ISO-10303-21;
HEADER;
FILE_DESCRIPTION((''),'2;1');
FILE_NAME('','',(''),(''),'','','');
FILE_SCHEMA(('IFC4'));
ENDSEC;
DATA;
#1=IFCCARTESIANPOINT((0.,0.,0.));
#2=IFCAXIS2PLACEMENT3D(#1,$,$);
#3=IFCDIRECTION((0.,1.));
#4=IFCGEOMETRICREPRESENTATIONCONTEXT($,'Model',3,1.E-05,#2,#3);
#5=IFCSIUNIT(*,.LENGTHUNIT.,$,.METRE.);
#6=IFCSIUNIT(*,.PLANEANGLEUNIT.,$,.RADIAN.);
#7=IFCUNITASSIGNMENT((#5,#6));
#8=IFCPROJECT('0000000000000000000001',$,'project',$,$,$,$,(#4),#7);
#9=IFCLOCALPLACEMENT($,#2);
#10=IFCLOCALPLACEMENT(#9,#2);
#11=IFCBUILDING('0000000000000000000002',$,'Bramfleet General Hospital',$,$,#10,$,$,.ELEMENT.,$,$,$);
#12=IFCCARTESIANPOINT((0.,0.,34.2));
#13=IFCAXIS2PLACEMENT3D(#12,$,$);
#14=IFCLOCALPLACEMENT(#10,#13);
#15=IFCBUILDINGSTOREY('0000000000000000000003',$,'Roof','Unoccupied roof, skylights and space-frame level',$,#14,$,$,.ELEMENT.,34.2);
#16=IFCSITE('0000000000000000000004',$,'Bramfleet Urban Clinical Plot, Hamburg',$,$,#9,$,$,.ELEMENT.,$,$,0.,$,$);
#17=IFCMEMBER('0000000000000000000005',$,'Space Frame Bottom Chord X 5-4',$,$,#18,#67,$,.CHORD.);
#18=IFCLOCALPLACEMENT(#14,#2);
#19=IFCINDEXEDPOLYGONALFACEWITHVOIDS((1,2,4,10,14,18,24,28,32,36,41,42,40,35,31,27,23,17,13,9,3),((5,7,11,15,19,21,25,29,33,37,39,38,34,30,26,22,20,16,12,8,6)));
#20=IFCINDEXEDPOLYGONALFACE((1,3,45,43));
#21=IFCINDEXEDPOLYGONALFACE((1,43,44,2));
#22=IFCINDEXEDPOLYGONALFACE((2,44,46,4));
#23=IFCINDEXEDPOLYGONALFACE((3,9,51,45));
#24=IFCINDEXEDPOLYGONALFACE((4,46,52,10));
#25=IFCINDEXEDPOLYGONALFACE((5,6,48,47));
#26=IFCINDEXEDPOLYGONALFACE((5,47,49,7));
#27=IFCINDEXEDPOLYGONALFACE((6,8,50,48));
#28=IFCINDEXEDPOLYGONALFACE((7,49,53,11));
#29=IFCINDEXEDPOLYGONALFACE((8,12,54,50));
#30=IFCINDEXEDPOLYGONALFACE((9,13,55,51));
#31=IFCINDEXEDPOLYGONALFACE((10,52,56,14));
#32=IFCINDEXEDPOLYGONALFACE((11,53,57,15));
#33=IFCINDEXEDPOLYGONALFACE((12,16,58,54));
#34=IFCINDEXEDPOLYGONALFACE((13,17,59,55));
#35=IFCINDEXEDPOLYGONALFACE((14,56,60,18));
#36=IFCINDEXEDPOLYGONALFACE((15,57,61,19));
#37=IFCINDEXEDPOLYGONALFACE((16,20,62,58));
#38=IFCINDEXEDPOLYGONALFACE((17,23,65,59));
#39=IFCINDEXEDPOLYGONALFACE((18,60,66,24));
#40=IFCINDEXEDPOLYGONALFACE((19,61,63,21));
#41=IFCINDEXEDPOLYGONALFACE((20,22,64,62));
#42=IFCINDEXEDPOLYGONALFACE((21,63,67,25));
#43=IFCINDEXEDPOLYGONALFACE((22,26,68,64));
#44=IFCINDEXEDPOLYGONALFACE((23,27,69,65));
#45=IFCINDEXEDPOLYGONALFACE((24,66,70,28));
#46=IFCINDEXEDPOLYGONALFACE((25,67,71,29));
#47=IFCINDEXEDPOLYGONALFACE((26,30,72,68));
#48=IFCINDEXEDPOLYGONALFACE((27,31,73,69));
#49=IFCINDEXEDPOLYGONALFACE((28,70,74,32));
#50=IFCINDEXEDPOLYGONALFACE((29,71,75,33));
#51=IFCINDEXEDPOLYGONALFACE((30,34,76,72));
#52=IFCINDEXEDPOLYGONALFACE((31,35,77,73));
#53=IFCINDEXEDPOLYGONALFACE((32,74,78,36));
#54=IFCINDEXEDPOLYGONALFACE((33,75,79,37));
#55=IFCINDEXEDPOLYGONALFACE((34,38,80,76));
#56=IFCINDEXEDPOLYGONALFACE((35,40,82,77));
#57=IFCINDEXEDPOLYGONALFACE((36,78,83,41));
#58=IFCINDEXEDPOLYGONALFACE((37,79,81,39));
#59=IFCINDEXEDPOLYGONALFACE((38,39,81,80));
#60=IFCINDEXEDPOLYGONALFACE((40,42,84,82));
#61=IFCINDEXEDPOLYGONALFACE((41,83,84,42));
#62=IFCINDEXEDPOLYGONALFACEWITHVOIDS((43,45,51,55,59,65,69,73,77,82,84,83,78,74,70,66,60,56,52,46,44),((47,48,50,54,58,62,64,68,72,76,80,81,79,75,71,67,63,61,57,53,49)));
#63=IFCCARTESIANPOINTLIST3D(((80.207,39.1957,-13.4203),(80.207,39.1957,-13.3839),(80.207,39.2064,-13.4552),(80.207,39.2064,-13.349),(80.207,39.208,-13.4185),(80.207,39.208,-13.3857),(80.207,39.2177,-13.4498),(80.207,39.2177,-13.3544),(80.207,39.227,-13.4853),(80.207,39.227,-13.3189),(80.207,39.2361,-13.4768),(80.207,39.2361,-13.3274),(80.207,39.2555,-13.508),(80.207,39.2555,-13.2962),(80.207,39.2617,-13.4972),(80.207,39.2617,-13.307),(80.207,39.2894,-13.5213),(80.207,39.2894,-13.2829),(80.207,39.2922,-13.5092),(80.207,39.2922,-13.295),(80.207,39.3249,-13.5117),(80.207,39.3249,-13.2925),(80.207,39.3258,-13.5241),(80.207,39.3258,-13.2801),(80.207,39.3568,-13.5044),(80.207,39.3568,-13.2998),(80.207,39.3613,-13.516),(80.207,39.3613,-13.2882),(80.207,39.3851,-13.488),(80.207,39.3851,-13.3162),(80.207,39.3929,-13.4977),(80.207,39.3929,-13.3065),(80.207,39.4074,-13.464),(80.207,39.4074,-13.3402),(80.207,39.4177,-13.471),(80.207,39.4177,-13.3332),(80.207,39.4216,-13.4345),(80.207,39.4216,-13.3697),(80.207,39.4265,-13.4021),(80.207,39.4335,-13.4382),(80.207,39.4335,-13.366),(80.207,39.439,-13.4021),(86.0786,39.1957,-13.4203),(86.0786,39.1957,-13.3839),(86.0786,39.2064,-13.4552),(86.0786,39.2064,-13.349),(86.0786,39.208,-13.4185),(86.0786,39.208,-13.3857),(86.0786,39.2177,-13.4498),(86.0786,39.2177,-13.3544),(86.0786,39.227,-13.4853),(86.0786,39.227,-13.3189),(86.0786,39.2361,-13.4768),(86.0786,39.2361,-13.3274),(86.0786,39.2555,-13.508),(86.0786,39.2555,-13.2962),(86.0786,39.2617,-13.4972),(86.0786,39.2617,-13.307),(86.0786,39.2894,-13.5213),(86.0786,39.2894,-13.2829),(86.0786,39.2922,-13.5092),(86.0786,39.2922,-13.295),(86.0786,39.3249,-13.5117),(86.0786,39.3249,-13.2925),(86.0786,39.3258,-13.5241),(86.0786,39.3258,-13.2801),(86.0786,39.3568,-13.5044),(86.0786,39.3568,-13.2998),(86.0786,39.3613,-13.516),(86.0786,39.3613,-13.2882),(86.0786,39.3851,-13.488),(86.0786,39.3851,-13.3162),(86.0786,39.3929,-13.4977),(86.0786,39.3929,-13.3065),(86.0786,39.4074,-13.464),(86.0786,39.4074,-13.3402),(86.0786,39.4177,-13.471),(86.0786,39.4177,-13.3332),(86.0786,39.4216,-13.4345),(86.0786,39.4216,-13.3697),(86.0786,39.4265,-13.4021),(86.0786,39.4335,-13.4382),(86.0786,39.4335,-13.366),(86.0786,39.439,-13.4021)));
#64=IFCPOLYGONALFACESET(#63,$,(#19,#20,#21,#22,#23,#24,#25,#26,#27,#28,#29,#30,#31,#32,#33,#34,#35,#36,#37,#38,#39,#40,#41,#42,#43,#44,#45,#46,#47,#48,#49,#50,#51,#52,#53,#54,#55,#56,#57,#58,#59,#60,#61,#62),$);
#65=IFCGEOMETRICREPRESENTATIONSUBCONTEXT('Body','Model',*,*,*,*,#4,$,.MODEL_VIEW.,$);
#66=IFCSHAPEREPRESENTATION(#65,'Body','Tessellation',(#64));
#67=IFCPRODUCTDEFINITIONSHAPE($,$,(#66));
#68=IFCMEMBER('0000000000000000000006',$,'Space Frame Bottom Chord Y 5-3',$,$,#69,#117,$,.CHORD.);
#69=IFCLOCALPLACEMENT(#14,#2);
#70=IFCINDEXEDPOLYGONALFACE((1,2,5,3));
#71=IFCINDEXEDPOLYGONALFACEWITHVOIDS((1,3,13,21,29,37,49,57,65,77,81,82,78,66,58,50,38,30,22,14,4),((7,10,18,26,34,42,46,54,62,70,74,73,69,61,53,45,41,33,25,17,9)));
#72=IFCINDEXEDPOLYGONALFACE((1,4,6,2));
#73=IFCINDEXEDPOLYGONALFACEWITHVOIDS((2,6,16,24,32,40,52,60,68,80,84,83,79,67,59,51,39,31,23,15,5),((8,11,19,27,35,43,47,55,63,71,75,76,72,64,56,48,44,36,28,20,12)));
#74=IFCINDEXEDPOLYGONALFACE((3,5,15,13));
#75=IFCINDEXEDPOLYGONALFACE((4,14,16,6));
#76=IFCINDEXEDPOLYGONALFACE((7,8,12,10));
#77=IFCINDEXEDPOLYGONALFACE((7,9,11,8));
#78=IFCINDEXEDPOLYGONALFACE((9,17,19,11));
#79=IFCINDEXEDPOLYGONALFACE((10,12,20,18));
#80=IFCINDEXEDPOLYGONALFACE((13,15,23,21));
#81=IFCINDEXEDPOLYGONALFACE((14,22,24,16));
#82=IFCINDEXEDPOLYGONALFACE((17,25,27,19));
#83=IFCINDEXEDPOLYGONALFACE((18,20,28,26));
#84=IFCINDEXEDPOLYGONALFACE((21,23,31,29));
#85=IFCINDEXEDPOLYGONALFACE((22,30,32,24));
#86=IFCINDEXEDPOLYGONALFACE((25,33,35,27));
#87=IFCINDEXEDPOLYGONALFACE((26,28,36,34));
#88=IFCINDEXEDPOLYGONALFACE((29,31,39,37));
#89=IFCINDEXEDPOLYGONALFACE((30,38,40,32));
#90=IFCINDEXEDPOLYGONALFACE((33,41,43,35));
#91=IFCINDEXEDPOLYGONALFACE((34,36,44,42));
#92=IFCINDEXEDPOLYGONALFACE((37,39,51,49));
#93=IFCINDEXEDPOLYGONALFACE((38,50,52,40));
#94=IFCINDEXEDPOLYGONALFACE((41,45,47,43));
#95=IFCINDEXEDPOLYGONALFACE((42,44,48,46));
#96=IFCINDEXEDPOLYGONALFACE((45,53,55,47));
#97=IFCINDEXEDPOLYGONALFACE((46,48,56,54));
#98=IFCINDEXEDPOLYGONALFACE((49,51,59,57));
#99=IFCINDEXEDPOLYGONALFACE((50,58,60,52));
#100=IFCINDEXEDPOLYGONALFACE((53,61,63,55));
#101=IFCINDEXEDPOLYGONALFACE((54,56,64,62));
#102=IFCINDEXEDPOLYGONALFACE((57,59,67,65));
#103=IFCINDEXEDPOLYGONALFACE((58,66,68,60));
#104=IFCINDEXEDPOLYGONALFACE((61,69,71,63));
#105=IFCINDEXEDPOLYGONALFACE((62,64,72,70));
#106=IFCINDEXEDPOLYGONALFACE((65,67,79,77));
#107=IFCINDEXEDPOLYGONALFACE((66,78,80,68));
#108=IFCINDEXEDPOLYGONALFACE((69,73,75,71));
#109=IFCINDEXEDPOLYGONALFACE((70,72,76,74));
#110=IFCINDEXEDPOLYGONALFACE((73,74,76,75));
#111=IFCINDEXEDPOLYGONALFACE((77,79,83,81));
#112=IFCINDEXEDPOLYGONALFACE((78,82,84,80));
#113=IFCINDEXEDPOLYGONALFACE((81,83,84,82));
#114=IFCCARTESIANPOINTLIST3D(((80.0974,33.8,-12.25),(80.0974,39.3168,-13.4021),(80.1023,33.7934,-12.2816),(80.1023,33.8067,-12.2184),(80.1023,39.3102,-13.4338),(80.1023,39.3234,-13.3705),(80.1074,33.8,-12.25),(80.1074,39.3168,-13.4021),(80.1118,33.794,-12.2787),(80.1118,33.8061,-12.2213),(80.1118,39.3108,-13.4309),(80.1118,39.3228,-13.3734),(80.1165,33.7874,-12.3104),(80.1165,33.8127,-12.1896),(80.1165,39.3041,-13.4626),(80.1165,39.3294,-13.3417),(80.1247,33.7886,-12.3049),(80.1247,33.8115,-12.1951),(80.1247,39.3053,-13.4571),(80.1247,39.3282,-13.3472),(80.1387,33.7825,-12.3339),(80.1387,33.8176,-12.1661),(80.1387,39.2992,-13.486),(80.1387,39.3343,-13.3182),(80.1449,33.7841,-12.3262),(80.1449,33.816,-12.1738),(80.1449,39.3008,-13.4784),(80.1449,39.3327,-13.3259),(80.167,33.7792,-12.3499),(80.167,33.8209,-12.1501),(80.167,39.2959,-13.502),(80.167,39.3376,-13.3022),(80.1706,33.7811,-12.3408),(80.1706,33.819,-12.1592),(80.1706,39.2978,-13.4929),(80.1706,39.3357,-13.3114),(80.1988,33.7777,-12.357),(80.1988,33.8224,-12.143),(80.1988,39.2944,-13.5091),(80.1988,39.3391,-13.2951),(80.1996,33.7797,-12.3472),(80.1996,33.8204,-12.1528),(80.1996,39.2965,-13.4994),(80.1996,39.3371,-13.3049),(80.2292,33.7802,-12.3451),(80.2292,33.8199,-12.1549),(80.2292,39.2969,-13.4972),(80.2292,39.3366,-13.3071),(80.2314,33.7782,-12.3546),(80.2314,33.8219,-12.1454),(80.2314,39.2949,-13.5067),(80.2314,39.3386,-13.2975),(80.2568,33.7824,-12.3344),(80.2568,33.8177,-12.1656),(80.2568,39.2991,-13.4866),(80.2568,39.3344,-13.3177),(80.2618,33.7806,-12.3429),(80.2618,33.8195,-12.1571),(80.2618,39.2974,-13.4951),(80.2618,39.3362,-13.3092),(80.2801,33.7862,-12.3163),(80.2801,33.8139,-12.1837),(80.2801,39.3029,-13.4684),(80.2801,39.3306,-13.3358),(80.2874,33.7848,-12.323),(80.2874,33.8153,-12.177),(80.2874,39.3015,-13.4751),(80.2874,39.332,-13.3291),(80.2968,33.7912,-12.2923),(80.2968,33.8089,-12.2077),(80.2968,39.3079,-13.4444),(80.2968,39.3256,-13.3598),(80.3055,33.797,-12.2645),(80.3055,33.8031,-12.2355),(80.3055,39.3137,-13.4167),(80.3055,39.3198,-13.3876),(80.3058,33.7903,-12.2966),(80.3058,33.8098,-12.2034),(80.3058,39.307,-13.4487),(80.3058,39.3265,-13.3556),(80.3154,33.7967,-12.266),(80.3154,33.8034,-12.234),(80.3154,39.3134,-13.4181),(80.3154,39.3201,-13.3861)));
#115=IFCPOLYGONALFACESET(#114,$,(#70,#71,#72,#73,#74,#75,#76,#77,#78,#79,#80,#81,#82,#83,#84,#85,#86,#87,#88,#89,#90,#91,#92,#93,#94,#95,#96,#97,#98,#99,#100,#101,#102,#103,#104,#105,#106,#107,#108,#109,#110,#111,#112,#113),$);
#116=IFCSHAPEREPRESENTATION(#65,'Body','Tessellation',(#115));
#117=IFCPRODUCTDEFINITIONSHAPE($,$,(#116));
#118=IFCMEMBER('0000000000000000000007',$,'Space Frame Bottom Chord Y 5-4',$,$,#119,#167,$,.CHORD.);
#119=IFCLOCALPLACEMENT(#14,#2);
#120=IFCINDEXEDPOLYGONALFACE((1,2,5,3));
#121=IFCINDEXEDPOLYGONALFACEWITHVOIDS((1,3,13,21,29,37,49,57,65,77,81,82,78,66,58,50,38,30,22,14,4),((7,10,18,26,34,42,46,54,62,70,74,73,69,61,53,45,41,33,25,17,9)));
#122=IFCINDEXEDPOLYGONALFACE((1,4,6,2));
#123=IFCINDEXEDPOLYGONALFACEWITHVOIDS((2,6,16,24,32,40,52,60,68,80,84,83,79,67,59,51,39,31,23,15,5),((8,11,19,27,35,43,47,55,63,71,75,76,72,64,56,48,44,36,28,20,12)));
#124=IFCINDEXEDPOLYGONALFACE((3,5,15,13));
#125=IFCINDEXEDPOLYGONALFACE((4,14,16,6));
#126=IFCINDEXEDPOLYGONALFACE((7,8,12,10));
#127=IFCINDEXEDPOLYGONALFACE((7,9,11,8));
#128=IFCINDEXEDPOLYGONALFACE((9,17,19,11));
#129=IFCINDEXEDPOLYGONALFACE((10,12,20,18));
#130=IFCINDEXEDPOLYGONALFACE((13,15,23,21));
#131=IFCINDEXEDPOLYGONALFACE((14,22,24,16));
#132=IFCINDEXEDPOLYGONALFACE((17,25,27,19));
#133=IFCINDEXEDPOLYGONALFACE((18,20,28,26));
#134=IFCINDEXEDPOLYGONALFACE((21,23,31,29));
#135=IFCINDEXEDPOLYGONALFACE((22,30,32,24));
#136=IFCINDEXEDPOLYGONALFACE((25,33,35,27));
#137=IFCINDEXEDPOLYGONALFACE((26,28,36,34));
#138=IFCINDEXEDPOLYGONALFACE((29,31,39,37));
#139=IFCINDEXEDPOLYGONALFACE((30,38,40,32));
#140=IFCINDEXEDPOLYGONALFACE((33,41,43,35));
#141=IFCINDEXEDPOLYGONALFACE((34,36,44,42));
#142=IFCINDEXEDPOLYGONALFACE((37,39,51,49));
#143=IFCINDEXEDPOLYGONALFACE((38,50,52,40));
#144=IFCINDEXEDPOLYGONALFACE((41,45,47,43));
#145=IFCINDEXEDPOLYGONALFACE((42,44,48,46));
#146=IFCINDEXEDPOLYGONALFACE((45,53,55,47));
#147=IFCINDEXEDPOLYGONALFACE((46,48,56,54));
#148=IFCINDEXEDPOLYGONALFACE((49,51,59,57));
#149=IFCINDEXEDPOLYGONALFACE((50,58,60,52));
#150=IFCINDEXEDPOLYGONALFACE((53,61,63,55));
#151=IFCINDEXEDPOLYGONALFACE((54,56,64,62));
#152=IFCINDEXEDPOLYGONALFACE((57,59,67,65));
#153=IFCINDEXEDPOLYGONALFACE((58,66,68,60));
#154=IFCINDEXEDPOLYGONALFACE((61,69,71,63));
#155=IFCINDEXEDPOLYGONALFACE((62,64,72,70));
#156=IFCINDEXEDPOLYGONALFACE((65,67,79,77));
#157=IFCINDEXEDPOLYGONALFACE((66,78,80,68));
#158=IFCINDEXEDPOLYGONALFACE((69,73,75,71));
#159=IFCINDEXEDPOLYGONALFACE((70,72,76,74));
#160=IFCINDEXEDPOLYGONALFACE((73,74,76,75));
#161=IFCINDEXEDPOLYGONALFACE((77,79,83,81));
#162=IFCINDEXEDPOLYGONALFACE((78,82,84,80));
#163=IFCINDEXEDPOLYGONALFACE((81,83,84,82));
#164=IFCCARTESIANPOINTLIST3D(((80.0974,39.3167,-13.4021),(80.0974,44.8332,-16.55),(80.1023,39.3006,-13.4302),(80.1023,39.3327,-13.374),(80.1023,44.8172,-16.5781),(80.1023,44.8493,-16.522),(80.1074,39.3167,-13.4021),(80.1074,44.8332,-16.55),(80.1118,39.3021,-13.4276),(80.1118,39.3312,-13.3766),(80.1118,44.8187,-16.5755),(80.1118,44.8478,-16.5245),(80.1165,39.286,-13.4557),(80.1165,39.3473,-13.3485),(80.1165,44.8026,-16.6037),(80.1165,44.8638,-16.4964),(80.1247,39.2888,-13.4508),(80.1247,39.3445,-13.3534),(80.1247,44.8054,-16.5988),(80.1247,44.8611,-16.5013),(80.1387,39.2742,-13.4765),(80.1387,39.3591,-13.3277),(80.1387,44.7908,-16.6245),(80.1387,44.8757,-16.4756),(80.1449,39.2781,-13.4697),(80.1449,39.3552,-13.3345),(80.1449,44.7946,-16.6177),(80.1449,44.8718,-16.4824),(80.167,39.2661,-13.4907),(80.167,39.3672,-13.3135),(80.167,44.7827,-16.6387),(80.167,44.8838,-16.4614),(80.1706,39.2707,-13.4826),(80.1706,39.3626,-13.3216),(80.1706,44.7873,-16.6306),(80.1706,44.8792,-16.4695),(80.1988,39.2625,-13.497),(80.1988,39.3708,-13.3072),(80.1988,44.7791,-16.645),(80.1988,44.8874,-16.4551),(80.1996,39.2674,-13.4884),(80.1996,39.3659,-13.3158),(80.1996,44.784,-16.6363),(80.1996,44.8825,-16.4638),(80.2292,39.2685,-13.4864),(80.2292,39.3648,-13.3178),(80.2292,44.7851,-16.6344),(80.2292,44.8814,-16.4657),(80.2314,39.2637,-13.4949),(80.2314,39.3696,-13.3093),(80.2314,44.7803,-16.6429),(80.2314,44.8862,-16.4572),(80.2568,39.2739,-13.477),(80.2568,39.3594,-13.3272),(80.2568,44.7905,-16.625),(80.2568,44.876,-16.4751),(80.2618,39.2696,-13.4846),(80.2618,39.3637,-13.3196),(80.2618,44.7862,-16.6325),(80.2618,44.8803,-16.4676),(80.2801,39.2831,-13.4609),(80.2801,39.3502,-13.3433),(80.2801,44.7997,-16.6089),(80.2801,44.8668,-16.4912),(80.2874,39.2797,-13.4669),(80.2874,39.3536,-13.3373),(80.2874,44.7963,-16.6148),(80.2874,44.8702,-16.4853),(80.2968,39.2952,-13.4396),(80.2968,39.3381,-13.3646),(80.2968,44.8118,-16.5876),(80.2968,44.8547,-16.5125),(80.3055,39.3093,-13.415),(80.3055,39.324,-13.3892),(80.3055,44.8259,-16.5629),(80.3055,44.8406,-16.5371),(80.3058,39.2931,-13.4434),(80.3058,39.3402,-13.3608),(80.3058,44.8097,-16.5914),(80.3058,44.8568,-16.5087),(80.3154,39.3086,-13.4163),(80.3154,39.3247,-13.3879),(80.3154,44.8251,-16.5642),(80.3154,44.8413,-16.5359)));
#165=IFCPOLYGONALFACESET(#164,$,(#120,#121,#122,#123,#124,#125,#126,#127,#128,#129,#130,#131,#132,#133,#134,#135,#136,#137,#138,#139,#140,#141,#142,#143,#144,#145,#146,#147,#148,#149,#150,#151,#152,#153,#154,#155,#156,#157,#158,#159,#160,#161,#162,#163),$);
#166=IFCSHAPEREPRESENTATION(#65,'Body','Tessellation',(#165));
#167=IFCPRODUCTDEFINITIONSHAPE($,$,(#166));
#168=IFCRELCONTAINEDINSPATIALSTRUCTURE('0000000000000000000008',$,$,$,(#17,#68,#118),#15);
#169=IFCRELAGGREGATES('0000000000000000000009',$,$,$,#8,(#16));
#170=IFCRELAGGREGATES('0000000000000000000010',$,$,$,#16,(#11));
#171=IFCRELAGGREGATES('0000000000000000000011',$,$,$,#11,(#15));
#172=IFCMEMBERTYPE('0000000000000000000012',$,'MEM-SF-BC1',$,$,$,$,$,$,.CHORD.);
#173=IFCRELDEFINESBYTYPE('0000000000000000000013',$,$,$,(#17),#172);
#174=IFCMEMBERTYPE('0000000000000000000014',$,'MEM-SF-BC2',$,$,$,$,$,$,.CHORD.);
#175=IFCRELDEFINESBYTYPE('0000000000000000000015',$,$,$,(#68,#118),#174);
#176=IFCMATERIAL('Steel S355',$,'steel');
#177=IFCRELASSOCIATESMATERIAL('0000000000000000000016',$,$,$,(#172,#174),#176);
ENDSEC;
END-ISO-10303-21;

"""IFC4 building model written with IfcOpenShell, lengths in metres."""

from ifc_helpers import new_model, si_unit, direction, frame, origin, origin_2d, place, context, subcontext, project, spatial, hollow_circle, extrude, material, material_profile, profile_set, type_object, element, save


model = new_model("IFC4")

# Units and contexts
model_context = context("Model", 3, precision=1e-05, world=origin(), true_north=direction((0.0, 1.0)))
body_context = subcontext(model_context, "Body", "Model", "MODEL_VIEW")
ifc_project = project(units=[si_unit("LENGTHUNIT", "METRE"), si_unit("PLANEANGLEUNIT", "RADIAN")], contexts=[model_context])

# Site, building, storey
site_placement = place(None, origin())
site = spatial("IfcSite", under=ifc_project, at=site_placement, Name="Bramfleet Urban Clinical Plot, Hamburg", CompositionType="ELEMENT", RefElevation=0.0)
building_placement = place(site_placement, origin())
building = spatial("IfcBuilding", under=site, at=building_placement, Name="Bramfleet General Hospital", CompositionType="ELEMENT")
storey_placement = place(building_placement, frame((0.0, 0.0, 34.2)))
storey = spatial("IfcBuildingStorey", under=building, at=storey_placement, Name="Roof", Description="Unoccupied roof, skylights and space-frame level", CompositionType="ELEMENT", Elevation=34.2)

# Members
ifc_material_1 = material(Name="Steel S355", Category="steel")
ifc_material_profile_1 = material_profile(ifc_material_1, hollow_circle(Radius=0.1223, WallThickness=0.0125, at=origin_2d()), Name="CHS 244.5x12.5")
ifc_profile_set_1 = profile_set([ifc_material_profile_1], Name="Steel S355")
member_type_1 = type_object("IfcMemberType", Name="MEM-SF-BC1", PredefinedType="CHORD", material=ifc_profile_set_1)
for number, where, z_axis, x_axis, name in (
    (1, (80.207, 39.3167, -13.4021), (1.0, 0.0, 0.0), (0.0, 1.0, 0.0), "Space Frame Bottom Chord X 5-4"),
):
    element("IfcMember", number, at=place(storey_placement, frame(where, z_axis=z_axis, x_axis=x_axis)), inside=storey, type_object=member_type_1, Name=name, PredefinedType="CHORD", context=body_context, shape_type="SweptSolid", body=[
        extrude(hollow_circle(Radius=0.1223, WallThickness=0.0125, at=origin_2d()), origin(), (0.0, 0.0, 1.0), 5.8716),
    ])
ifc_material_profile_2 = material_profile(ifc_material_1, hollow_circle(Radius=0.1096, WallThickness=0.01, at=origin_2d()), Name="CHS 219.1x10.0")
ifc_profile_set_2 = profile_set([ifc_material_profile_2], Name="Steel S355")
member_type_2 = type_object("IfcMemberType", Name="MEM-SF-BC2", PredefinedType="CHORD", material=ifc_profile_set_2)
member_1_placement = place(storey_placement, frame((80.207, 33.8, -12.25), z_axis=(0.0, 0.978881, -0.204432), x_axis=(-1.0, 0.0, 0.0)))
element("IfcMember", 2, at=member_1_placement, inside=storey, type_object=member_type_2, Name="Space Frame Bottom Chord Y 5-3", PredefinedType="CHORD", context=body_context, shape_type="SweptSolid", body=[
    extrude(hollow_circle(Radius=0.1096, WallThickness=0.01, at=origin_2d()), origin(), (0.0, 0.0, 1.0), 5.6357),
])
member_2_placement = place(storey_placement, frame((80.207, 39.3167, -13.4021), z_axis=(0.0, 0.868541, -0.495617), x_axis=(-1.0, 0.0, 0.0)))
element("IfcMember", 3, at=member_2_placement, inside=storey, type_object=member_type_2, Name="Space Frame Bottom Chord Y 5-4", PredefinedType="CHORD", context=body_context, shape_type="SweptSolid", body=[
    extrude(hollow_circle(Radius=0.1096, WallThickness=0.01, at=origin_2d()), origin(), (0.0, 0.0, 1.0), 6.3516),
])

save(model, "model.ifc")
